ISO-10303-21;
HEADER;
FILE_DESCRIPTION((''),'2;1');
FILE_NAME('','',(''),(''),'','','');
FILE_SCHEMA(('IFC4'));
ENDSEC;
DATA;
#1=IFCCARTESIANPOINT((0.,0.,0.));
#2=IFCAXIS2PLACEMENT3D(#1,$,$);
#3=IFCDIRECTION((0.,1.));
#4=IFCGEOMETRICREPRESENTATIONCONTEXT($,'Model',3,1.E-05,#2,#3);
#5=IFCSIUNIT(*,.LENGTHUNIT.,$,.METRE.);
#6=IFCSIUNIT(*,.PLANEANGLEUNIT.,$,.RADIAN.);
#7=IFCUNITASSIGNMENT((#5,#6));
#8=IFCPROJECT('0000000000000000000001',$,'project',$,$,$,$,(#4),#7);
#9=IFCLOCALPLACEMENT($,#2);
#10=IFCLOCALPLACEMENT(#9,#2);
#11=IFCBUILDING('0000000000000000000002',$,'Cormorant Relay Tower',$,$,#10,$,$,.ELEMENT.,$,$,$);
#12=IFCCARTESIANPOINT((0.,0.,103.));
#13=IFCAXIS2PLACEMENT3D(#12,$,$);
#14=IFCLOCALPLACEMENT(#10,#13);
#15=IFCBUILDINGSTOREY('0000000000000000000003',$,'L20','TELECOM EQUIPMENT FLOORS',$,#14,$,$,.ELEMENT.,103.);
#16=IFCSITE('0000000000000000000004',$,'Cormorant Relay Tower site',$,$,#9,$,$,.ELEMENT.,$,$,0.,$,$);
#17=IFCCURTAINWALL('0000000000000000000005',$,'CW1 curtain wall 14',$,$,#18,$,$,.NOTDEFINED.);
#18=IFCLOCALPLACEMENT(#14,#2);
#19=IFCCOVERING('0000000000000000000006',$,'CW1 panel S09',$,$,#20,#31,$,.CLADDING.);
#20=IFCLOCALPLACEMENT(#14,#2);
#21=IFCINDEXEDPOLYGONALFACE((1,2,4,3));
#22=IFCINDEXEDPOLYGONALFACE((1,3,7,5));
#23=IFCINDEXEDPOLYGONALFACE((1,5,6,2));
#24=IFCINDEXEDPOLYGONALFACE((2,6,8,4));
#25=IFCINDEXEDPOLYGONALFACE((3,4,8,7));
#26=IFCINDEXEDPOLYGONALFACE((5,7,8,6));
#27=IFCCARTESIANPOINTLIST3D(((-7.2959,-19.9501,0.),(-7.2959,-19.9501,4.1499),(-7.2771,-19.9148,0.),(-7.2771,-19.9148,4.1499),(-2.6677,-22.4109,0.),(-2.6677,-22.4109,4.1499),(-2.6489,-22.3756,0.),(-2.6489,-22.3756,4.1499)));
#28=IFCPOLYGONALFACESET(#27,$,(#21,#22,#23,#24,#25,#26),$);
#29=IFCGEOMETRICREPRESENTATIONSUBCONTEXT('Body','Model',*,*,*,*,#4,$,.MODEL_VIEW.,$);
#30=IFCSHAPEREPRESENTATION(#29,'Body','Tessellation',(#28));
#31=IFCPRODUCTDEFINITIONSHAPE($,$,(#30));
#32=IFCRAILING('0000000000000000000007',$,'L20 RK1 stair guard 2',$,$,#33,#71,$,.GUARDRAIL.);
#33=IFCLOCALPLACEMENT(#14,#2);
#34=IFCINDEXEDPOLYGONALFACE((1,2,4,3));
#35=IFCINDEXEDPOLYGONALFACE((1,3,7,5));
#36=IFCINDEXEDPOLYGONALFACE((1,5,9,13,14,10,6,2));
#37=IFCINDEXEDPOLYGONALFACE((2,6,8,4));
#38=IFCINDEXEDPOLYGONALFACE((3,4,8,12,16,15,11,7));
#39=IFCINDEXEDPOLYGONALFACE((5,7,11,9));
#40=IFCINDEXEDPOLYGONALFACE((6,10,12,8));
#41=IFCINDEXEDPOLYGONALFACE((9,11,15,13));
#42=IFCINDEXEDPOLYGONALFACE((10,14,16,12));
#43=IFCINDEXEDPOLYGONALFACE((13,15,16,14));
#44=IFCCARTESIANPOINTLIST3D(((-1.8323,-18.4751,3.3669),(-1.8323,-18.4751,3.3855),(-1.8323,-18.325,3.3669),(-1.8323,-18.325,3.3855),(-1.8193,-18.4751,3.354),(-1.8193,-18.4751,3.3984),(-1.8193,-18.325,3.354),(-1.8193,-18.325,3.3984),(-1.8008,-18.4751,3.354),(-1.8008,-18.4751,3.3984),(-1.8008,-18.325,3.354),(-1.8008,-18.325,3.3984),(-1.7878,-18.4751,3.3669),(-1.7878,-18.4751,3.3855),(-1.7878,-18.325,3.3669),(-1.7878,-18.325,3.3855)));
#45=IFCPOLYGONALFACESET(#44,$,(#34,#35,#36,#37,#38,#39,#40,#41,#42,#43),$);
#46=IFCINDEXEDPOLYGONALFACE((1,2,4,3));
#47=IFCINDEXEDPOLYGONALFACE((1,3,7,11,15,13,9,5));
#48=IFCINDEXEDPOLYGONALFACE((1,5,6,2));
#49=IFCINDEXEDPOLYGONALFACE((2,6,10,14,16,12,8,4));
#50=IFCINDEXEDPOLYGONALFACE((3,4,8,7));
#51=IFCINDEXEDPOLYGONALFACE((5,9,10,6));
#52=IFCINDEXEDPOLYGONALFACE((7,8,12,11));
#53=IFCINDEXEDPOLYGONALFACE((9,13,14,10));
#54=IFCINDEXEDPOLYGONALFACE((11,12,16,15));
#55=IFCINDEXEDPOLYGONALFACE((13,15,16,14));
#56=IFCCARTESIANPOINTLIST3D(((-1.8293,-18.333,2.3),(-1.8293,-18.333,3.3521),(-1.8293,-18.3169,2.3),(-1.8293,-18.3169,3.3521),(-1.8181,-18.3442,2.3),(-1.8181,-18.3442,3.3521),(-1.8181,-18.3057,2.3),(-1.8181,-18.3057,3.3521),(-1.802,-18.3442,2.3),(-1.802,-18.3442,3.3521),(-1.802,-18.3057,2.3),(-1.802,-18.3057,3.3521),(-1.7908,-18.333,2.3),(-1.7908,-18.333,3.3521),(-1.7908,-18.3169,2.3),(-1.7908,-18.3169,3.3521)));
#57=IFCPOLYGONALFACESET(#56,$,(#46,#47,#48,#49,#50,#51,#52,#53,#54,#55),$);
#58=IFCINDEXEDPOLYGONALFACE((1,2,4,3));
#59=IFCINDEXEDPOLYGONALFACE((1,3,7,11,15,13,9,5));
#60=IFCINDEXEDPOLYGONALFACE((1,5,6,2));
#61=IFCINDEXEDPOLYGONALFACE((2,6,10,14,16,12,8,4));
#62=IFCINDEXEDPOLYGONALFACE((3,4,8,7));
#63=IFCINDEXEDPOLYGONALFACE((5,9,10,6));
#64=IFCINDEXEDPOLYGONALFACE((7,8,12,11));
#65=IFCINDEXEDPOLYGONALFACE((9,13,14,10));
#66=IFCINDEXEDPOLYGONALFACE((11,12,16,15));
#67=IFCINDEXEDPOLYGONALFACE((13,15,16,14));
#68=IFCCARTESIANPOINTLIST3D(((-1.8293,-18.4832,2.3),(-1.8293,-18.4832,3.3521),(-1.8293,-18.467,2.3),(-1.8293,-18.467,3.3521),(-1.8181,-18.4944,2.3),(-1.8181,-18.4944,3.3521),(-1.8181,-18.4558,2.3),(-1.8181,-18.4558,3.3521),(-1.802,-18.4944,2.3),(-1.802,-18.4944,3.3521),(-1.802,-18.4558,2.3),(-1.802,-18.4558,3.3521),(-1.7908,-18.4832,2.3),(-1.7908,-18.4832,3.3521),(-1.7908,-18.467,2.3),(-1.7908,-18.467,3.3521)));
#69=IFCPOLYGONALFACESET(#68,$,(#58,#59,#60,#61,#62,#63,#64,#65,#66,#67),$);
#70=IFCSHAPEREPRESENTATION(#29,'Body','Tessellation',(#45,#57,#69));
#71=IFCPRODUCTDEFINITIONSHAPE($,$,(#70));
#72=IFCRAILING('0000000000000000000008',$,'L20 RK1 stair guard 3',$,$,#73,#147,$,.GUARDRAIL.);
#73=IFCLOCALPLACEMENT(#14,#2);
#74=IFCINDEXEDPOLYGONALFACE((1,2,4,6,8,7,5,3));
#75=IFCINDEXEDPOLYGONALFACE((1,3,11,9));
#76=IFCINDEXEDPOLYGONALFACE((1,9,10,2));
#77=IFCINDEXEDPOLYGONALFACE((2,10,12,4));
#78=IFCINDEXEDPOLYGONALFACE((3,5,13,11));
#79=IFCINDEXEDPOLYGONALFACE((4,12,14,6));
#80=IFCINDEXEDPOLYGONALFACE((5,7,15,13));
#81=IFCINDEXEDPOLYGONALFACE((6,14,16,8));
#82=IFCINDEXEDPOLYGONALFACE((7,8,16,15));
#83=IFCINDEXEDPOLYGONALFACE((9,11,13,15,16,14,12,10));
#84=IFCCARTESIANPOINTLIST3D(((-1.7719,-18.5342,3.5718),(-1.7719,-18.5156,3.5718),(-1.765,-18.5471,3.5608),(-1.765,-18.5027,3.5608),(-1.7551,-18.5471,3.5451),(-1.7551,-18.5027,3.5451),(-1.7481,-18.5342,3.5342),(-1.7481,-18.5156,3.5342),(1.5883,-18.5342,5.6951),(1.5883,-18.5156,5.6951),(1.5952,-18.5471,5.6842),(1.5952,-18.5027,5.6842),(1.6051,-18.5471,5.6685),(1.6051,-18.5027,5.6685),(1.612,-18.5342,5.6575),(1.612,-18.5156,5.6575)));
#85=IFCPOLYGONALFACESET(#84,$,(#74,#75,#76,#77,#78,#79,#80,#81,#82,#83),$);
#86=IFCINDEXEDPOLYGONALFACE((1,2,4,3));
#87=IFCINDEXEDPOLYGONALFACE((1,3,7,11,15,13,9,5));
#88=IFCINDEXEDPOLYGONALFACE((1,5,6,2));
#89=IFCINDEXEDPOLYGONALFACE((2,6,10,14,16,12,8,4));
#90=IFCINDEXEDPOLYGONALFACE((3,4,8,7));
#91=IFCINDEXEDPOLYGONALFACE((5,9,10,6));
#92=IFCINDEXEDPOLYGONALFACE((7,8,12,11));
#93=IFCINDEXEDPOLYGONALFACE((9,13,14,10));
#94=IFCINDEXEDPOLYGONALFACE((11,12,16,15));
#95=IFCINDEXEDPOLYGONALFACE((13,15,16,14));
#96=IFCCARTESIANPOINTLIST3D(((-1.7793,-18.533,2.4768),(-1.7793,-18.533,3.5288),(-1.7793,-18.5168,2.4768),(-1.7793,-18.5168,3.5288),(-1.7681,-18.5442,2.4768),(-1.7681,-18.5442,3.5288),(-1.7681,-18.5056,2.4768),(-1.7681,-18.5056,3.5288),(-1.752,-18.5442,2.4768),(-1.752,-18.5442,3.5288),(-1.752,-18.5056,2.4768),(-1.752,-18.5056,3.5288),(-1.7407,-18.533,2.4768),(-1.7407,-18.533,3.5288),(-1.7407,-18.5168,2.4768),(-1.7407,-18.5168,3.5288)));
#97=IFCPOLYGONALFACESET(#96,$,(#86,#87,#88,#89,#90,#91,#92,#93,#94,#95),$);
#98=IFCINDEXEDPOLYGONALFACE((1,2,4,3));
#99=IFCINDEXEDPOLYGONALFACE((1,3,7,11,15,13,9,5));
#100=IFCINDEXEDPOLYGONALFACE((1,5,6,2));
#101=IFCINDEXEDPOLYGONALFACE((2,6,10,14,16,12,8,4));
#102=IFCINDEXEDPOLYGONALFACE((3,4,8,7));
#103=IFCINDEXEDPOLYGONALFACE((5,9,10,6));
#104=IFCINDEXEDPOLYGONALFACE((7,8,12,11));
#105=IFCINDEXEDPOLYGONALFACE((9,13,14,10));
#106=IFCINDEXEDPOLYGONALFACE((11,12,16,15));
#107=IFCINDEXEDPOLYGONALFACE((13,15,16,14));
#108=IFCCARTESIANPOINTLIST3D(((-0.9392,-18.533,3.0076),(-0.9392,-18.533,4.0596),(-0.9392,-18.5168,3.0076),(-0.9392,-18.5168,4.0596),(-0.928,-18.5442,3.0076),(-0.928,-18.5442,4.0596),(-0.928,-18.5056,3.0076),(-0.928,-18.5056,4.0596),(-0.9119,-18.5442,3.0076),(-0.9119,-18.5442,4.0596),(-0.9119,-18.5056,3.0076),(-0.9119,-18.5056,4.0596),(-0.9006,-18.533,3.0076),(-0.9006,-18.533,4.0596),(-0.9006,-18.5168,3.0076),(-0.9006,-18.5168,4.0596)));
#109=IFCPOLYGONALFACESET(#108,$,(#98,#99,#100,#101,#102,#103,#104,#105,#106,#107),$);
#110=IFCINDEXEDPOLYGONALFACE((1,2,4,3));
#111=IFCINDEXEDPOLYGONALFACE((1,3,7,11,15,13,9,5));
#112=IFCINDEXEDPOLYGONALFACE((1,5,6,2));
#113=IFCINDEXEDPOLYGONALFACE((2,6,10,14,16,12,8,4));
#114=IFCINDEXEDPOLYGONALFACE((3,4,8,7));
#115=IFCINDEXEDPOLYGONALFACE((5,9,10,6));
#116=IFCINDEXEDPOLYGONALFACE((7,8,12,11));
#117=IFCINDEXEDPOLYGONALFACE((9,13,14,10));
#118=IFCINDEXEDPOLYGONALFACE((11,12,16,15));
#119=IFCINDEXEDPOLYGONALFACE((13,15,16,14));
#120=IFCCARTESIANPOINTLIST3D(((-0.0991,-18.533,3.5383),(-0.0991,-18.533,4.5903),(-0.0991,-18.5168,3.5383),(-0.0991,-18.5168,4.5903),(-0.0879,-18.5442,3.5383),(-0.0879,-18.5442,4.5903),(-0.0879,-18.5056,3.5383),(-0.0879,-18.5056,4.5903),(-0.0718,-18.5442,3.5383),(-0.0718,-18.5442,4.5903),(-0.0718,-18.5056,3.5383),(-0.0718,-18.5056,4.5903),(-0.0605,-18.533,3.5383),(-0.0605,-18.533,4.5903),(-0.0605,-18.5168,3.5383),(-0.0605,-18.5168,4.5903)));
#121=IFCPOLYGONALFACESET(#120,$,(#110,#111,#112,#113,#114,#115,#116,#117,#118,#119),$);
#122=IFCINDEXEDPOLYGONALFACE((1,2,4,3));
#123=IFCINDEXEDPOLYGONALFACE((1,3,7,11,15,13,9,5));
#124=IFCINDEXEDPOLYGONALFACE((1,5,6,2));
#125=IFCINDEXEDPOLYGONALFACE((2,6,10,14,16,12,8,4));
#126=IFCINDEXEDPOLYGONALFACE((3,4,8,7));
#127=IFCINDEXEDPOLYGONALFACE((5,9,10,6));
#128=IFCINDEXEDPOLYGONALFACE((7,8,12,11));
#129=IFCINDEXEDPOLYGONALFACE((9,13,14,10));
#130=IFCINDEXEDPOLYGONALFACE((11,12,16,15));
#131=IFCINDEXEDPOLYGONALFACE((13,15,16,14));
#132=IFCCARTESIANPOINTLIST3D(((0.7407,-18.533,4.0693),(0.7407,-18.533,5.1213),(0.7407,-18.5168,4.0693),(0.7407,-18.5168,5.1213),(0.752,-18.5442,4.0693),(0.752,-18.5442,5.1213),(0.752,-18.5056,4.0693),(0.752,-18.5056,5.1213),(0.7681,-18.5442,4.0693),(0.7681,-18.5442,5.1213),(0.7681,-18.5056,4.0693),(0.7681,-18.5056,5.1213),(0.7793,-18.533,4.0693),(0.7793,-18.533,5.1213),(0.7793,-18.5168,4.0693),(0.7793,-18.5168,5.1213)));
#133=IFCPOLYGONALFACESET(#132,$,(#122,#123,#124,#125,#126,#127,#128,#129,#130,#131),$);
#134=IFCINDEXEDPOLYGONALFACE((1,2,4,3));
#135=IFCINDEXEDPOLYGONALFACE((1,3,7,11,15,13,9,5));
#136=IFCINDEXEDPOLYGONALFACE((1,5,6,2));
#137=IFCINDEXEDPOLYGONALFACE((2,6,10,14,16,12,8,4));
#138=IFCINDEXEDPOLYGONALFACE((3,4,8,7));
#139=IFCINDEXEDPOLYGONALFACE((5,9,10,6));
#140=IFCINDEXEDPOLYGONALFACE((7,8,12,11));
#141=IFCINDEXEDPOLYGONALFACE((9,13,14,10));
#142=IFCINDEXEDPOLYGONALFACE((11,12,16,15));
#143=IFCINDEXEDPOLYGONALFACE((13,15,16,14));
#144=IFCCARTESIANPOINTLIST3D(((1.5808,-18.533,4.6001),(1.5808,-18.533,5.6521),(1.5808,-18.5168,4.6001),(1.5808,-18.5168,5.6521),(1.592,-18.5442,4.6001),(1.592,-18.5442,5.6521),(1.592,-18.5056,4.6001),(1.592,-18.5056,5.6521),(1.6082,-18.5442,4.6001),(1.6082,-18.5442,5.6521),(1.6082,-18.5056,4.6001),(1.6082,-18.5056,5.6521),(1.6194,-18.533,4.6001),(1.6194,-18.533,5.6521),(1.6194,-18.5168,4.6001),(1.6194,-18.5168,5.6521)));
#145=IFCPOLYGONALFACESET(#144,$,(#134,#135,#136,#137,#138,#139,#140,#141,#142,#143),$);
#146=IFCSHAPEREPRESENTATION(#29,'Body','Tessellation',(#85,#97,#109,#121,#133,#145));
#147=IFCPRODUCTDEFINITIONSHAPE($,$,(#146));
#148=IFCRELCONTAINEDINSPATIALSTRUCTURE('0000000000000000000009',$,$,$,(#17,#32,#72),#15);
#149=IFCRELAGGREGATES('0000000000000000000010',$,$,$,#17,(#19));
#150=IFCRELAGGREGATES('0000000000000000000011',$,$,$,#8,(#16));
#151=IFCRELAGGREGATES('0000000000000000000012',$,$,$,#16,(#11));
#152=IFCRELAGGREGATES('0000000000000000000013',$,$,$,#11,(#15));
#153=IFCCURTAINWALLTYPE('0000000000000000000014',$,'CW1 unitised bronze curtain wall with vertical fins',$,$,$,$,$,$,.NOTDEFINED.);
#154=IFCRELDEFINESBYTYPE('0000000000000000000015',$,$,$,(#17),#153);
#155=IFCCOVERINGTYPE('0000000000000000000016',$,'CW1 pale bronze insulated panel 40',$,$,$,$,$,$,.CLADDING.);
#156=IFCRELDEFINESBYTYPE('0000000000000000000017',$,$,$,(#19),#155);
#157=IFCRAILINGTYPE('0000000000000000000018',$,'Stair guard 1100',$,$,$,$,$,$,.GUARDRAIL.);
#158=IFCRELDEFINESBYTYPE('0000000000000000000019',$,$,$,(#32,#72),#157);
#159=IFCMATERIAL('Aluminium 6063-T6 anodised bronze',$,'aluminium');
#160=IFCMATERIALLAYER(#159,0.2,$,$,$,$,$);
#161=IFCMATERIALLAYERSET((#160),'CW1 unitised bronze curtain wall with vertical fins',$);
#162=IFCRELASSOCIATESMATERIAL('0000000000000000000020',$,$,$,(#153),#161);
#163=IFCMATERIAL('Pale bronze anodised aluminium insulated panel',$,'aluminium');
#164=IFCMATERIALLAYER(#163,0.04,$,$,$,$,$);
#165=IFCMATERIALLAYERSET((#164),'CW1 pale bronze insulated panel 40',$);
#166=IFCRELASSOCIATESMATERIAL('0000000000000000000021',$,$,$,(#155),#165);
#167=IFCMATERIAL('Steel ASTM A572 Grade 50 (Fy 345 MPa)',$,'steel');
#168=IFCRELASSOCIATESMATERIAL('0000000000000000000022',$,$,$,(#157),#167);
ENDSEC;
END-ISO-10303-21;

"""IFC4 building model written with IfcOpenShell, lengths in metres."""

from ifc_helpers import new_model, si_unit, direction, frame, origin, origin_2d, place, context, subcontext, project, spatial, polyline, rectangle, outline, extrude, material, layer, layer_set, type_object, element, aggregate, save


model = new_model("IFC4")

# Units and contexts
model_context = context("Model", 3, precision=1e-05, world=origin(), true_north=direction((0.0, 1.0)))
body_context = subcontext(model_context, "Body", "Model", "MODEL_VIEW")
ifc_project = project(units=[si_unit("LENGTHUNIT", "METRE"), si_unit("PLANEANGLEUNIT", "RADIAN")], contexts=[model_context])

# Site, building, storey
site_placement = place(None, origin())
site = spatial("IfcSite", under=ifc_project, at=site_placement, Name="Cormorant Relay Tower site", CompositionType="ELEMENT", RefElevation=0.0)
building_placement = place(site_placement, origin())
building = spatial("IfcBuilding", under=site, at=building_placement, Name="Cormorant Relay Tower", CompositionType="ELEMENT")
storey_placement = place(building_placement, frame((0.0, 0.0, 103.0)))
storey = spatial("IfcBuildingStorey", under=building, at=storey_placement, Name="L20", Description="TELECOM EQUIPMENT FLOORS", CompositionType="ELEMENT", Elevation=103.0)

# Shared definitions
ifc_material_1 = material(Name="Aluminium 6063-T6 anodised bronze", Category="aluminium")
ifc_layer_1 = layer(ifc_material_1, 0.2)
ifc_layer_set_1 = layer_set([ifc_layer_1], Name="CW1 unitised bronze curtain wall with vertical fins")
curtain_wall_type = type_object("IfcCurtainWallType", Name="CW1 unitised bronze curtain wall with vertical fins", PredefinedType="NOTDEFINED", material=ifc_layer_set_1)

# Curtain wall
curtain_wall_1_placement = place(storey_placement, origin())
curtain_wall_1 = element("IfcCurtainWall", 1, at=curtain_wall_1_placement, inside=storey, type_object=curtain_wall_type, Name="CW1 curtain wall 14", PredefinedType="NOTDEFINED")

# Covering
ifc_material_2 = material(Name="Pale bronze anodised aluminium insulated panel", Category="aluminium")
ifc_layer_2 = layer(ifc_material_2, 0.04)
ifc_layer_set_2 = layer_set([ifc_layer_2], Name="CW1 pale bronze insulated panel 40")
covering_type = type_object("IfcCoveringType", Name="CW1 pale bronze insulated panel 40", PredefinedType="CLADDING", material=ifc_layer_set_2)
covering_1_placement = place(storey_placement, frame((-4.9724, -21.1628, 0.0), z_axis=(0.0, 0.0, 1.0), x_axis=(0.882948, -0.469472, 0.0)))
covering_1 = element("IfcCovering", 2, at=covering_1_placement, type_object=covering_type, Name="CW1 panel S09", PredefinedType="CLADDING", context=body_context, shape_type="SweptSolid", body=[
    extrude(rectangle(XDim=5.2417, YDim=0.04, at=origin_2d()), origin(), (0.0, 0.0, 1.0), 4.1499),
])
aggregate(curtain_wall_1, [covering_1])

# Railings
ifc_material_3 = material(Name="Steel ASTM A572 Grade 50 (Fy 345 MPa)", Category="steel")
railing_type_1 = type_object("IfcRailingType", Name="Stair guard 1100", PredefinedType="GUARDRAIL", material=ifc_material_3)
railing_1_placement = place(storey_placement, frame((-1.8101, -18.325, 2.3)))
element("IfcRailing", 3, at=railing_1_placement, inside=storey, type_object=railing_type_1, Name="L20 RK1 stair guard 2", PredefinedType="GUARDRAIL", context=body_context, shape_type="SweptSolid", body=[
    extrude(outline(polyline([(0.0222, 0.0093), (0.0093, 0.0222), (-0.0093, 0.0222), (-0.0222, 0.0093), (-0.0222, -0.0093), (-0.0093, -0.0222), (0.0093, -0.0222), (0.0222, -0.0093), (0.0222, 0.0093)])), frame((0.0, 0.0, 1.0762), z_axis=(0.0, -1.0, 0.0), x_axis=(1.0, 0.0, 0.0)), (0.0, 0.0, 1.0), 0.1501),
    extrude(outline(polyline([(0.0193, 0.0081), (0.0081, 0.0193), (-0.0081, 0.0193), (-0.0193, 0.0081), (-0.0193, -0.0081), (-0.0081, -0.0193), (0.0081, -0.0193), (0.0193, -0.0081), (0.0193, 0.0081)])), origin(), (0.0, 0.0, 1.0), 1.052),
    extrude(outline(polyline([(0.0193, 0.0081), (0.0081, 0.0193), (-0.0081, 0.0193), (-0.0193, 0.0081), (-0.0193, -0.0081), (-0.0081, -0.0193), (0.0081, -0.0193), (0.0193, -0.0081), (0.0193, 0.0081)])), frame((0.0, -0.1501, 0.0)), (0.0, 0.0, 1.0), 1.052),
])
railing_2_placement = place(storey_placement, frame((-1.76, -18.5249, 2.4768)))
element("IfcRailing", 4, at=railing_2_placement, inside=storey, type_object=railing_type_1, Name="L20 RK1 stair guard 3", PredefinedType="GUARDRAIL", context=body_context, shape_type="SweptSolid", body=[
    extrude(outline(polyline([(0.0222, 0.0093), (0.0093, 0.0222), (-0.0093, 0.0222), (-0.0222, 0.0093), (-0.0222, -0.0093), (-0.0093, -0.0222), (0.0093, -0.0222), (0.0222, -0.0093), (0.0222, 0.0093)])), frame((0.0, 0.0, 1.0762), z_axis=(0.845362, 0.0, 0.534194), x_axis=(0.0, 1.0, 0.0)), (0.0, 0.0, 1.0), 3.9749),
    extrude(outline(polyline([(0.0193, 0.0081), (0.0081, 0.0193), (-0.0081, 0.0193), (-0.0193, 0.0081), (-0.0193, -0.0081), (-0.0081, -0.0193), (0.0081, -0.0193), (0.0193, -0.0081), (0.0193, 0.0081)])), origin(), (0.0, 0.0, 1.0), 1.052),
    extrude(outline(polyline([(0.0193, 0.0081), (0.0081, 0.0193), (-0.0081, 0.0193), (-0.0193, 0.0081), (-0.0193, -0.0081), (-0.0081, -0.0193), (0.0081, -0.0193), (0.0193, -0.0081), (0.0193, 0.0081)])), frame((0.8401, 0.0, 0.5308)), (0.0, 0.0, 1.0), 1.052),
    extrude(outline(polyline([(0.0193, 0.0081), (0.0081, 0.0193), (-0.0081, 0.0193), (-0.0193, 0.0081), (-0.0193, -0.0081), (-0.0081, -0.0193), (0.0081, -0.0193), (0.0193, -0.0081), (0.0193, 0.0081)])), frame((1.6802, 0.0, 1.0615)), (0.0, 0.0, 1.0), 1.052),
    extrude(outline(polyline([(0.0193, 0.0081), (0.0081, 0.0193), (-0.0081, 0.0193), (-0.0193, 0.0081), (-0.0193, -0.0081), (-0.0081, -0.0193), (0.0081, -0.0193), (0.0193, -0.0081), (0.0193, 0.0081)])), frame((2.52, 0.0, 1.5925)), (0.0, 0.0, 1.0), 1.052),
    extrude(outline(polyline([(0.0193, 0.0081), (0.0081, 0.0193), (-0.0081, 0.0193), (-0.0193, 0.0081), (-0.0193, -0.0081), (-0.0081, -0.0193), (0.0081, -0.0193), (0.0193, -0.0081), (0.0193, 0.0081)])), frame((3.3601, 0.0, 2.1233)), (0.0, 0.0, 1.0), 1.052),
])

save(model, "model.ifc")
